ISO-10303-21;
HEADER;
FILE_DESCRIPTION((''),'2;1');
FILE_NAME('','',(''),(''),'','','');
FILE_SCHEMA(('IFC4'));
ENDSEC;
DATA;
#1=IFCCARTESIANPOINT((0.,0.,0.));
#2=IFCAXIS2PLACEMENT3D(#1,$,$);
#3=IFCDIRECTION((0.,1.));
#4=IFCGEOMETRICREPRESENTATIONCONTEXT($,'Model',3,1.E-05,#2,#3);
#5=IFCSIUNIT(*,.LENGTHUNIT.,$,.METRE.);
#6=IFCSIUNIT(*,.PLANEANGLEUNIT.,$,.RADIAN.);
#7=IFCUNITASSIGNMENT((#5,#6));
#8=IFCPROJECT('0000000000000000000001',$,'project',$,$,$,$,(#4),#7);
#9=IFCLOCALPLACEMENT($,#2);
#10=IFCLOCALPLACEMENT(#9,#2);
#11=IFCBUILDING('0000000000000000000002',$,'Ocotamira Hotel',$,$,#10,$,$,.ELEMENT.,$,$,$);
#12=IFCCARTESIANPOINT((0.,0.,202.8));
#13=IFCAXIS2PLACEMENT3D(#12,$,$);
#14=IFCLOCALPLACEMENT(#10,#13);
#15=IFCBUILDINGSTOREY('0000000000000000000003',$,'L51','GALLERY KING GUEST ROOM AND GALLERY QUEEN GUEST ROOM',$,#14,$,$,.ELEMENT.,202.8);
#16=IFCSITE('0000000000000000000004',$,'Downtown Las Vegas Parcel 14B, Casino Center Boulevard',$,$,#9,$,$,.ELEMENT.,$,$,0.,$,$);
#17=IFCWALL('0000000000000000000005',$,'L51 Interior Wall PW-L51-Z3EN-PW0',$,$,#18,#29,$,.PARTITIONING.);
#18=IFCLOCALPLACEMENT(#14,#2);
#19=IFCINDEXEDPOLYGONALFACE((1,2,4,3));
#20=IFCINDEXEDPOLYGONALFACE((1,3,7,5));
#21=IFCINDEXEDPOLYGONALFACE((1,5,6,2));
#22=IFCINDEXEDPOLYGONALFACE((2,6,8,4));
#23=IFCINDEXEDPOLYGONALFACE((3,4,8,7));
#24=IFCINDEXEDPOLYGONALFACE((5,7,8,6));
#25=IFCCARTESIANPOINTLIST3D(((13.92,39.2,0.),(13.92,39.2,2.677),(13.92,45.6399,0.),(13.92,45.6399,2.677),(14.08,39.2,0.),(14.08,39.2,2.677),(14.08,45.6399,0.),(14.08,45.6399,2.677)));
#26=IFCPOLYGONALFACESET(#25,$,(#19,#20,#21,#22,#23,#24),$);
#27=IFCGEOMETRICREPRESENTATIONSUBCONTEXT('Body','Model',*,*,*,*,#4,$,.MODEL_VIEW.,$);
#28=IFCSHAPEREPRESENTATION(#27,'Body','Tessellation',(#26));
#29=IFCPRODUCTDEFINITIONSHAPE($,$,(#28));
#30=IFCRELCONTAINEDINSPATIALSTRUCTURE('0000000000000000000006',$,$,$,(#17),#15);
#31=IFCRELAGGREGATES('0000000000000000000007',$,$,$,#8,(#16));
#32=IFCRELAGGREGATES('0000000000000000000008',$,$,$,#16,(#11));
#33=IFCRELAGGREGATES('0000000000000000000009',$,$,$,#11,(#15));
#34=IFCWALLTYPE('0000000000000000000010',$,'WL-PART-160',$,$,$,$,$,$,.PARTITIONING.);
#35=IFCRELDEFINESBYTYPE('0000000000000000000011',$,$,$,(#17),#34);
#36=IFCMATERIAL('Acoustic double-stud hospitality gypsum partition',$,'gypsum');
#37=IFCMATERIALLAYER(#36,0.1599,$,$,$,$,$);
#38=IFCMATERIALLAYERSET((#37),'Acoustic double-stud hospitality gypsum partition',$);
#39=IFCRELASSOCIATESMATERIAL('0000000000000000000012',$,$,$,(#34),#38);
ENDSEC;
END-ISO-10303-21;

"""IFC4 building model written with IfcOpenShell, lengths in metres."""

from ifc_helpers import new_model, si_unit, direction, frame, frame_2d, origin, place, context, subcontext, project, spatial, rectangle, extrude, material, layer, layer_set, type_object, element, save


model = new_model("IFC4")

# Units and contexts
model_context = context("Model", 3, precision=1e-05, world=origin(), true_north=direction((0.0, 1.0)))
body_context = subcontext(model_context, "Body", "Model", "MODEL_VIEW")
ifc_project = project(units=[si_unit("LENGTHUNIT", "METRE"), si_unit("PLANEANGLEUNIT", "RADIAN")], contexts=[model_context])

# Site, building, storey
site_placement = place(None, origin())
site = spatial("IfcSite", under=ifc_project, at=site_placement, Name="Downtown Las Vegas Parcel 14B, Casino Center Boulevard", CompositionType="ELEMENT", RefElevation=0.0)
building_placement = place(site_placement, origin())
building = spatial("IfcBuilding", under=site, at=building_placement, Name="Ocotamira Hotel", CompositionType="ELEMENT")
storey_placement = place(building_placement, frame((0.0, 0.0, 202.8)))
storey = spatial("IfcBuildingStorey", under=building, at=storey_placement, Name="L51", Description="GALLERY KING GUEST ROOM AND GALLERY QUEEN GUEST ROOM", CompositionType="ELEMENT", Elevation=202.8)

# Wall
ifc_material_1 = material(Name="Acoustic double-stud hospitality gypsum partition", Category="gypsum")
ifc_layer_1 = layer(ifc_material_1, 0.1599)
ifc_layer_set_1 = layer_set([ifc_layer_1], Name="Acoustic double-stud hospitality gypsum partition")
wall_type_1 = type_object("IfcWallType", Name="WL-PART-160", PredefinedType="PARTITIONING", material=ifc_layer_set_1)
wall_1_placement = place(storey_placement, frame((14.0, 39.2, 0.0), z_axis=(0.0, 0.0, 1.0), x_axis=(0.0, 1.0, 0.0)))
element("IfcWall", 1, at=wall_1_placement, inside=storey, type_object=wall_type_1, Name="L51 Interior Wall PW-L51-Z3EN-PW0", PredefinedType="PARTITIONING", context=body_context, shape_type="SweptSolid", body=[
    extrude(rectangle(XDim=6.4399, YDim=0.1599, at=frame_2d((3.22, 0.0))), origin(), (0.0, 0.0, 1.0), 2.677),
])

save(model, "model.ifc")
